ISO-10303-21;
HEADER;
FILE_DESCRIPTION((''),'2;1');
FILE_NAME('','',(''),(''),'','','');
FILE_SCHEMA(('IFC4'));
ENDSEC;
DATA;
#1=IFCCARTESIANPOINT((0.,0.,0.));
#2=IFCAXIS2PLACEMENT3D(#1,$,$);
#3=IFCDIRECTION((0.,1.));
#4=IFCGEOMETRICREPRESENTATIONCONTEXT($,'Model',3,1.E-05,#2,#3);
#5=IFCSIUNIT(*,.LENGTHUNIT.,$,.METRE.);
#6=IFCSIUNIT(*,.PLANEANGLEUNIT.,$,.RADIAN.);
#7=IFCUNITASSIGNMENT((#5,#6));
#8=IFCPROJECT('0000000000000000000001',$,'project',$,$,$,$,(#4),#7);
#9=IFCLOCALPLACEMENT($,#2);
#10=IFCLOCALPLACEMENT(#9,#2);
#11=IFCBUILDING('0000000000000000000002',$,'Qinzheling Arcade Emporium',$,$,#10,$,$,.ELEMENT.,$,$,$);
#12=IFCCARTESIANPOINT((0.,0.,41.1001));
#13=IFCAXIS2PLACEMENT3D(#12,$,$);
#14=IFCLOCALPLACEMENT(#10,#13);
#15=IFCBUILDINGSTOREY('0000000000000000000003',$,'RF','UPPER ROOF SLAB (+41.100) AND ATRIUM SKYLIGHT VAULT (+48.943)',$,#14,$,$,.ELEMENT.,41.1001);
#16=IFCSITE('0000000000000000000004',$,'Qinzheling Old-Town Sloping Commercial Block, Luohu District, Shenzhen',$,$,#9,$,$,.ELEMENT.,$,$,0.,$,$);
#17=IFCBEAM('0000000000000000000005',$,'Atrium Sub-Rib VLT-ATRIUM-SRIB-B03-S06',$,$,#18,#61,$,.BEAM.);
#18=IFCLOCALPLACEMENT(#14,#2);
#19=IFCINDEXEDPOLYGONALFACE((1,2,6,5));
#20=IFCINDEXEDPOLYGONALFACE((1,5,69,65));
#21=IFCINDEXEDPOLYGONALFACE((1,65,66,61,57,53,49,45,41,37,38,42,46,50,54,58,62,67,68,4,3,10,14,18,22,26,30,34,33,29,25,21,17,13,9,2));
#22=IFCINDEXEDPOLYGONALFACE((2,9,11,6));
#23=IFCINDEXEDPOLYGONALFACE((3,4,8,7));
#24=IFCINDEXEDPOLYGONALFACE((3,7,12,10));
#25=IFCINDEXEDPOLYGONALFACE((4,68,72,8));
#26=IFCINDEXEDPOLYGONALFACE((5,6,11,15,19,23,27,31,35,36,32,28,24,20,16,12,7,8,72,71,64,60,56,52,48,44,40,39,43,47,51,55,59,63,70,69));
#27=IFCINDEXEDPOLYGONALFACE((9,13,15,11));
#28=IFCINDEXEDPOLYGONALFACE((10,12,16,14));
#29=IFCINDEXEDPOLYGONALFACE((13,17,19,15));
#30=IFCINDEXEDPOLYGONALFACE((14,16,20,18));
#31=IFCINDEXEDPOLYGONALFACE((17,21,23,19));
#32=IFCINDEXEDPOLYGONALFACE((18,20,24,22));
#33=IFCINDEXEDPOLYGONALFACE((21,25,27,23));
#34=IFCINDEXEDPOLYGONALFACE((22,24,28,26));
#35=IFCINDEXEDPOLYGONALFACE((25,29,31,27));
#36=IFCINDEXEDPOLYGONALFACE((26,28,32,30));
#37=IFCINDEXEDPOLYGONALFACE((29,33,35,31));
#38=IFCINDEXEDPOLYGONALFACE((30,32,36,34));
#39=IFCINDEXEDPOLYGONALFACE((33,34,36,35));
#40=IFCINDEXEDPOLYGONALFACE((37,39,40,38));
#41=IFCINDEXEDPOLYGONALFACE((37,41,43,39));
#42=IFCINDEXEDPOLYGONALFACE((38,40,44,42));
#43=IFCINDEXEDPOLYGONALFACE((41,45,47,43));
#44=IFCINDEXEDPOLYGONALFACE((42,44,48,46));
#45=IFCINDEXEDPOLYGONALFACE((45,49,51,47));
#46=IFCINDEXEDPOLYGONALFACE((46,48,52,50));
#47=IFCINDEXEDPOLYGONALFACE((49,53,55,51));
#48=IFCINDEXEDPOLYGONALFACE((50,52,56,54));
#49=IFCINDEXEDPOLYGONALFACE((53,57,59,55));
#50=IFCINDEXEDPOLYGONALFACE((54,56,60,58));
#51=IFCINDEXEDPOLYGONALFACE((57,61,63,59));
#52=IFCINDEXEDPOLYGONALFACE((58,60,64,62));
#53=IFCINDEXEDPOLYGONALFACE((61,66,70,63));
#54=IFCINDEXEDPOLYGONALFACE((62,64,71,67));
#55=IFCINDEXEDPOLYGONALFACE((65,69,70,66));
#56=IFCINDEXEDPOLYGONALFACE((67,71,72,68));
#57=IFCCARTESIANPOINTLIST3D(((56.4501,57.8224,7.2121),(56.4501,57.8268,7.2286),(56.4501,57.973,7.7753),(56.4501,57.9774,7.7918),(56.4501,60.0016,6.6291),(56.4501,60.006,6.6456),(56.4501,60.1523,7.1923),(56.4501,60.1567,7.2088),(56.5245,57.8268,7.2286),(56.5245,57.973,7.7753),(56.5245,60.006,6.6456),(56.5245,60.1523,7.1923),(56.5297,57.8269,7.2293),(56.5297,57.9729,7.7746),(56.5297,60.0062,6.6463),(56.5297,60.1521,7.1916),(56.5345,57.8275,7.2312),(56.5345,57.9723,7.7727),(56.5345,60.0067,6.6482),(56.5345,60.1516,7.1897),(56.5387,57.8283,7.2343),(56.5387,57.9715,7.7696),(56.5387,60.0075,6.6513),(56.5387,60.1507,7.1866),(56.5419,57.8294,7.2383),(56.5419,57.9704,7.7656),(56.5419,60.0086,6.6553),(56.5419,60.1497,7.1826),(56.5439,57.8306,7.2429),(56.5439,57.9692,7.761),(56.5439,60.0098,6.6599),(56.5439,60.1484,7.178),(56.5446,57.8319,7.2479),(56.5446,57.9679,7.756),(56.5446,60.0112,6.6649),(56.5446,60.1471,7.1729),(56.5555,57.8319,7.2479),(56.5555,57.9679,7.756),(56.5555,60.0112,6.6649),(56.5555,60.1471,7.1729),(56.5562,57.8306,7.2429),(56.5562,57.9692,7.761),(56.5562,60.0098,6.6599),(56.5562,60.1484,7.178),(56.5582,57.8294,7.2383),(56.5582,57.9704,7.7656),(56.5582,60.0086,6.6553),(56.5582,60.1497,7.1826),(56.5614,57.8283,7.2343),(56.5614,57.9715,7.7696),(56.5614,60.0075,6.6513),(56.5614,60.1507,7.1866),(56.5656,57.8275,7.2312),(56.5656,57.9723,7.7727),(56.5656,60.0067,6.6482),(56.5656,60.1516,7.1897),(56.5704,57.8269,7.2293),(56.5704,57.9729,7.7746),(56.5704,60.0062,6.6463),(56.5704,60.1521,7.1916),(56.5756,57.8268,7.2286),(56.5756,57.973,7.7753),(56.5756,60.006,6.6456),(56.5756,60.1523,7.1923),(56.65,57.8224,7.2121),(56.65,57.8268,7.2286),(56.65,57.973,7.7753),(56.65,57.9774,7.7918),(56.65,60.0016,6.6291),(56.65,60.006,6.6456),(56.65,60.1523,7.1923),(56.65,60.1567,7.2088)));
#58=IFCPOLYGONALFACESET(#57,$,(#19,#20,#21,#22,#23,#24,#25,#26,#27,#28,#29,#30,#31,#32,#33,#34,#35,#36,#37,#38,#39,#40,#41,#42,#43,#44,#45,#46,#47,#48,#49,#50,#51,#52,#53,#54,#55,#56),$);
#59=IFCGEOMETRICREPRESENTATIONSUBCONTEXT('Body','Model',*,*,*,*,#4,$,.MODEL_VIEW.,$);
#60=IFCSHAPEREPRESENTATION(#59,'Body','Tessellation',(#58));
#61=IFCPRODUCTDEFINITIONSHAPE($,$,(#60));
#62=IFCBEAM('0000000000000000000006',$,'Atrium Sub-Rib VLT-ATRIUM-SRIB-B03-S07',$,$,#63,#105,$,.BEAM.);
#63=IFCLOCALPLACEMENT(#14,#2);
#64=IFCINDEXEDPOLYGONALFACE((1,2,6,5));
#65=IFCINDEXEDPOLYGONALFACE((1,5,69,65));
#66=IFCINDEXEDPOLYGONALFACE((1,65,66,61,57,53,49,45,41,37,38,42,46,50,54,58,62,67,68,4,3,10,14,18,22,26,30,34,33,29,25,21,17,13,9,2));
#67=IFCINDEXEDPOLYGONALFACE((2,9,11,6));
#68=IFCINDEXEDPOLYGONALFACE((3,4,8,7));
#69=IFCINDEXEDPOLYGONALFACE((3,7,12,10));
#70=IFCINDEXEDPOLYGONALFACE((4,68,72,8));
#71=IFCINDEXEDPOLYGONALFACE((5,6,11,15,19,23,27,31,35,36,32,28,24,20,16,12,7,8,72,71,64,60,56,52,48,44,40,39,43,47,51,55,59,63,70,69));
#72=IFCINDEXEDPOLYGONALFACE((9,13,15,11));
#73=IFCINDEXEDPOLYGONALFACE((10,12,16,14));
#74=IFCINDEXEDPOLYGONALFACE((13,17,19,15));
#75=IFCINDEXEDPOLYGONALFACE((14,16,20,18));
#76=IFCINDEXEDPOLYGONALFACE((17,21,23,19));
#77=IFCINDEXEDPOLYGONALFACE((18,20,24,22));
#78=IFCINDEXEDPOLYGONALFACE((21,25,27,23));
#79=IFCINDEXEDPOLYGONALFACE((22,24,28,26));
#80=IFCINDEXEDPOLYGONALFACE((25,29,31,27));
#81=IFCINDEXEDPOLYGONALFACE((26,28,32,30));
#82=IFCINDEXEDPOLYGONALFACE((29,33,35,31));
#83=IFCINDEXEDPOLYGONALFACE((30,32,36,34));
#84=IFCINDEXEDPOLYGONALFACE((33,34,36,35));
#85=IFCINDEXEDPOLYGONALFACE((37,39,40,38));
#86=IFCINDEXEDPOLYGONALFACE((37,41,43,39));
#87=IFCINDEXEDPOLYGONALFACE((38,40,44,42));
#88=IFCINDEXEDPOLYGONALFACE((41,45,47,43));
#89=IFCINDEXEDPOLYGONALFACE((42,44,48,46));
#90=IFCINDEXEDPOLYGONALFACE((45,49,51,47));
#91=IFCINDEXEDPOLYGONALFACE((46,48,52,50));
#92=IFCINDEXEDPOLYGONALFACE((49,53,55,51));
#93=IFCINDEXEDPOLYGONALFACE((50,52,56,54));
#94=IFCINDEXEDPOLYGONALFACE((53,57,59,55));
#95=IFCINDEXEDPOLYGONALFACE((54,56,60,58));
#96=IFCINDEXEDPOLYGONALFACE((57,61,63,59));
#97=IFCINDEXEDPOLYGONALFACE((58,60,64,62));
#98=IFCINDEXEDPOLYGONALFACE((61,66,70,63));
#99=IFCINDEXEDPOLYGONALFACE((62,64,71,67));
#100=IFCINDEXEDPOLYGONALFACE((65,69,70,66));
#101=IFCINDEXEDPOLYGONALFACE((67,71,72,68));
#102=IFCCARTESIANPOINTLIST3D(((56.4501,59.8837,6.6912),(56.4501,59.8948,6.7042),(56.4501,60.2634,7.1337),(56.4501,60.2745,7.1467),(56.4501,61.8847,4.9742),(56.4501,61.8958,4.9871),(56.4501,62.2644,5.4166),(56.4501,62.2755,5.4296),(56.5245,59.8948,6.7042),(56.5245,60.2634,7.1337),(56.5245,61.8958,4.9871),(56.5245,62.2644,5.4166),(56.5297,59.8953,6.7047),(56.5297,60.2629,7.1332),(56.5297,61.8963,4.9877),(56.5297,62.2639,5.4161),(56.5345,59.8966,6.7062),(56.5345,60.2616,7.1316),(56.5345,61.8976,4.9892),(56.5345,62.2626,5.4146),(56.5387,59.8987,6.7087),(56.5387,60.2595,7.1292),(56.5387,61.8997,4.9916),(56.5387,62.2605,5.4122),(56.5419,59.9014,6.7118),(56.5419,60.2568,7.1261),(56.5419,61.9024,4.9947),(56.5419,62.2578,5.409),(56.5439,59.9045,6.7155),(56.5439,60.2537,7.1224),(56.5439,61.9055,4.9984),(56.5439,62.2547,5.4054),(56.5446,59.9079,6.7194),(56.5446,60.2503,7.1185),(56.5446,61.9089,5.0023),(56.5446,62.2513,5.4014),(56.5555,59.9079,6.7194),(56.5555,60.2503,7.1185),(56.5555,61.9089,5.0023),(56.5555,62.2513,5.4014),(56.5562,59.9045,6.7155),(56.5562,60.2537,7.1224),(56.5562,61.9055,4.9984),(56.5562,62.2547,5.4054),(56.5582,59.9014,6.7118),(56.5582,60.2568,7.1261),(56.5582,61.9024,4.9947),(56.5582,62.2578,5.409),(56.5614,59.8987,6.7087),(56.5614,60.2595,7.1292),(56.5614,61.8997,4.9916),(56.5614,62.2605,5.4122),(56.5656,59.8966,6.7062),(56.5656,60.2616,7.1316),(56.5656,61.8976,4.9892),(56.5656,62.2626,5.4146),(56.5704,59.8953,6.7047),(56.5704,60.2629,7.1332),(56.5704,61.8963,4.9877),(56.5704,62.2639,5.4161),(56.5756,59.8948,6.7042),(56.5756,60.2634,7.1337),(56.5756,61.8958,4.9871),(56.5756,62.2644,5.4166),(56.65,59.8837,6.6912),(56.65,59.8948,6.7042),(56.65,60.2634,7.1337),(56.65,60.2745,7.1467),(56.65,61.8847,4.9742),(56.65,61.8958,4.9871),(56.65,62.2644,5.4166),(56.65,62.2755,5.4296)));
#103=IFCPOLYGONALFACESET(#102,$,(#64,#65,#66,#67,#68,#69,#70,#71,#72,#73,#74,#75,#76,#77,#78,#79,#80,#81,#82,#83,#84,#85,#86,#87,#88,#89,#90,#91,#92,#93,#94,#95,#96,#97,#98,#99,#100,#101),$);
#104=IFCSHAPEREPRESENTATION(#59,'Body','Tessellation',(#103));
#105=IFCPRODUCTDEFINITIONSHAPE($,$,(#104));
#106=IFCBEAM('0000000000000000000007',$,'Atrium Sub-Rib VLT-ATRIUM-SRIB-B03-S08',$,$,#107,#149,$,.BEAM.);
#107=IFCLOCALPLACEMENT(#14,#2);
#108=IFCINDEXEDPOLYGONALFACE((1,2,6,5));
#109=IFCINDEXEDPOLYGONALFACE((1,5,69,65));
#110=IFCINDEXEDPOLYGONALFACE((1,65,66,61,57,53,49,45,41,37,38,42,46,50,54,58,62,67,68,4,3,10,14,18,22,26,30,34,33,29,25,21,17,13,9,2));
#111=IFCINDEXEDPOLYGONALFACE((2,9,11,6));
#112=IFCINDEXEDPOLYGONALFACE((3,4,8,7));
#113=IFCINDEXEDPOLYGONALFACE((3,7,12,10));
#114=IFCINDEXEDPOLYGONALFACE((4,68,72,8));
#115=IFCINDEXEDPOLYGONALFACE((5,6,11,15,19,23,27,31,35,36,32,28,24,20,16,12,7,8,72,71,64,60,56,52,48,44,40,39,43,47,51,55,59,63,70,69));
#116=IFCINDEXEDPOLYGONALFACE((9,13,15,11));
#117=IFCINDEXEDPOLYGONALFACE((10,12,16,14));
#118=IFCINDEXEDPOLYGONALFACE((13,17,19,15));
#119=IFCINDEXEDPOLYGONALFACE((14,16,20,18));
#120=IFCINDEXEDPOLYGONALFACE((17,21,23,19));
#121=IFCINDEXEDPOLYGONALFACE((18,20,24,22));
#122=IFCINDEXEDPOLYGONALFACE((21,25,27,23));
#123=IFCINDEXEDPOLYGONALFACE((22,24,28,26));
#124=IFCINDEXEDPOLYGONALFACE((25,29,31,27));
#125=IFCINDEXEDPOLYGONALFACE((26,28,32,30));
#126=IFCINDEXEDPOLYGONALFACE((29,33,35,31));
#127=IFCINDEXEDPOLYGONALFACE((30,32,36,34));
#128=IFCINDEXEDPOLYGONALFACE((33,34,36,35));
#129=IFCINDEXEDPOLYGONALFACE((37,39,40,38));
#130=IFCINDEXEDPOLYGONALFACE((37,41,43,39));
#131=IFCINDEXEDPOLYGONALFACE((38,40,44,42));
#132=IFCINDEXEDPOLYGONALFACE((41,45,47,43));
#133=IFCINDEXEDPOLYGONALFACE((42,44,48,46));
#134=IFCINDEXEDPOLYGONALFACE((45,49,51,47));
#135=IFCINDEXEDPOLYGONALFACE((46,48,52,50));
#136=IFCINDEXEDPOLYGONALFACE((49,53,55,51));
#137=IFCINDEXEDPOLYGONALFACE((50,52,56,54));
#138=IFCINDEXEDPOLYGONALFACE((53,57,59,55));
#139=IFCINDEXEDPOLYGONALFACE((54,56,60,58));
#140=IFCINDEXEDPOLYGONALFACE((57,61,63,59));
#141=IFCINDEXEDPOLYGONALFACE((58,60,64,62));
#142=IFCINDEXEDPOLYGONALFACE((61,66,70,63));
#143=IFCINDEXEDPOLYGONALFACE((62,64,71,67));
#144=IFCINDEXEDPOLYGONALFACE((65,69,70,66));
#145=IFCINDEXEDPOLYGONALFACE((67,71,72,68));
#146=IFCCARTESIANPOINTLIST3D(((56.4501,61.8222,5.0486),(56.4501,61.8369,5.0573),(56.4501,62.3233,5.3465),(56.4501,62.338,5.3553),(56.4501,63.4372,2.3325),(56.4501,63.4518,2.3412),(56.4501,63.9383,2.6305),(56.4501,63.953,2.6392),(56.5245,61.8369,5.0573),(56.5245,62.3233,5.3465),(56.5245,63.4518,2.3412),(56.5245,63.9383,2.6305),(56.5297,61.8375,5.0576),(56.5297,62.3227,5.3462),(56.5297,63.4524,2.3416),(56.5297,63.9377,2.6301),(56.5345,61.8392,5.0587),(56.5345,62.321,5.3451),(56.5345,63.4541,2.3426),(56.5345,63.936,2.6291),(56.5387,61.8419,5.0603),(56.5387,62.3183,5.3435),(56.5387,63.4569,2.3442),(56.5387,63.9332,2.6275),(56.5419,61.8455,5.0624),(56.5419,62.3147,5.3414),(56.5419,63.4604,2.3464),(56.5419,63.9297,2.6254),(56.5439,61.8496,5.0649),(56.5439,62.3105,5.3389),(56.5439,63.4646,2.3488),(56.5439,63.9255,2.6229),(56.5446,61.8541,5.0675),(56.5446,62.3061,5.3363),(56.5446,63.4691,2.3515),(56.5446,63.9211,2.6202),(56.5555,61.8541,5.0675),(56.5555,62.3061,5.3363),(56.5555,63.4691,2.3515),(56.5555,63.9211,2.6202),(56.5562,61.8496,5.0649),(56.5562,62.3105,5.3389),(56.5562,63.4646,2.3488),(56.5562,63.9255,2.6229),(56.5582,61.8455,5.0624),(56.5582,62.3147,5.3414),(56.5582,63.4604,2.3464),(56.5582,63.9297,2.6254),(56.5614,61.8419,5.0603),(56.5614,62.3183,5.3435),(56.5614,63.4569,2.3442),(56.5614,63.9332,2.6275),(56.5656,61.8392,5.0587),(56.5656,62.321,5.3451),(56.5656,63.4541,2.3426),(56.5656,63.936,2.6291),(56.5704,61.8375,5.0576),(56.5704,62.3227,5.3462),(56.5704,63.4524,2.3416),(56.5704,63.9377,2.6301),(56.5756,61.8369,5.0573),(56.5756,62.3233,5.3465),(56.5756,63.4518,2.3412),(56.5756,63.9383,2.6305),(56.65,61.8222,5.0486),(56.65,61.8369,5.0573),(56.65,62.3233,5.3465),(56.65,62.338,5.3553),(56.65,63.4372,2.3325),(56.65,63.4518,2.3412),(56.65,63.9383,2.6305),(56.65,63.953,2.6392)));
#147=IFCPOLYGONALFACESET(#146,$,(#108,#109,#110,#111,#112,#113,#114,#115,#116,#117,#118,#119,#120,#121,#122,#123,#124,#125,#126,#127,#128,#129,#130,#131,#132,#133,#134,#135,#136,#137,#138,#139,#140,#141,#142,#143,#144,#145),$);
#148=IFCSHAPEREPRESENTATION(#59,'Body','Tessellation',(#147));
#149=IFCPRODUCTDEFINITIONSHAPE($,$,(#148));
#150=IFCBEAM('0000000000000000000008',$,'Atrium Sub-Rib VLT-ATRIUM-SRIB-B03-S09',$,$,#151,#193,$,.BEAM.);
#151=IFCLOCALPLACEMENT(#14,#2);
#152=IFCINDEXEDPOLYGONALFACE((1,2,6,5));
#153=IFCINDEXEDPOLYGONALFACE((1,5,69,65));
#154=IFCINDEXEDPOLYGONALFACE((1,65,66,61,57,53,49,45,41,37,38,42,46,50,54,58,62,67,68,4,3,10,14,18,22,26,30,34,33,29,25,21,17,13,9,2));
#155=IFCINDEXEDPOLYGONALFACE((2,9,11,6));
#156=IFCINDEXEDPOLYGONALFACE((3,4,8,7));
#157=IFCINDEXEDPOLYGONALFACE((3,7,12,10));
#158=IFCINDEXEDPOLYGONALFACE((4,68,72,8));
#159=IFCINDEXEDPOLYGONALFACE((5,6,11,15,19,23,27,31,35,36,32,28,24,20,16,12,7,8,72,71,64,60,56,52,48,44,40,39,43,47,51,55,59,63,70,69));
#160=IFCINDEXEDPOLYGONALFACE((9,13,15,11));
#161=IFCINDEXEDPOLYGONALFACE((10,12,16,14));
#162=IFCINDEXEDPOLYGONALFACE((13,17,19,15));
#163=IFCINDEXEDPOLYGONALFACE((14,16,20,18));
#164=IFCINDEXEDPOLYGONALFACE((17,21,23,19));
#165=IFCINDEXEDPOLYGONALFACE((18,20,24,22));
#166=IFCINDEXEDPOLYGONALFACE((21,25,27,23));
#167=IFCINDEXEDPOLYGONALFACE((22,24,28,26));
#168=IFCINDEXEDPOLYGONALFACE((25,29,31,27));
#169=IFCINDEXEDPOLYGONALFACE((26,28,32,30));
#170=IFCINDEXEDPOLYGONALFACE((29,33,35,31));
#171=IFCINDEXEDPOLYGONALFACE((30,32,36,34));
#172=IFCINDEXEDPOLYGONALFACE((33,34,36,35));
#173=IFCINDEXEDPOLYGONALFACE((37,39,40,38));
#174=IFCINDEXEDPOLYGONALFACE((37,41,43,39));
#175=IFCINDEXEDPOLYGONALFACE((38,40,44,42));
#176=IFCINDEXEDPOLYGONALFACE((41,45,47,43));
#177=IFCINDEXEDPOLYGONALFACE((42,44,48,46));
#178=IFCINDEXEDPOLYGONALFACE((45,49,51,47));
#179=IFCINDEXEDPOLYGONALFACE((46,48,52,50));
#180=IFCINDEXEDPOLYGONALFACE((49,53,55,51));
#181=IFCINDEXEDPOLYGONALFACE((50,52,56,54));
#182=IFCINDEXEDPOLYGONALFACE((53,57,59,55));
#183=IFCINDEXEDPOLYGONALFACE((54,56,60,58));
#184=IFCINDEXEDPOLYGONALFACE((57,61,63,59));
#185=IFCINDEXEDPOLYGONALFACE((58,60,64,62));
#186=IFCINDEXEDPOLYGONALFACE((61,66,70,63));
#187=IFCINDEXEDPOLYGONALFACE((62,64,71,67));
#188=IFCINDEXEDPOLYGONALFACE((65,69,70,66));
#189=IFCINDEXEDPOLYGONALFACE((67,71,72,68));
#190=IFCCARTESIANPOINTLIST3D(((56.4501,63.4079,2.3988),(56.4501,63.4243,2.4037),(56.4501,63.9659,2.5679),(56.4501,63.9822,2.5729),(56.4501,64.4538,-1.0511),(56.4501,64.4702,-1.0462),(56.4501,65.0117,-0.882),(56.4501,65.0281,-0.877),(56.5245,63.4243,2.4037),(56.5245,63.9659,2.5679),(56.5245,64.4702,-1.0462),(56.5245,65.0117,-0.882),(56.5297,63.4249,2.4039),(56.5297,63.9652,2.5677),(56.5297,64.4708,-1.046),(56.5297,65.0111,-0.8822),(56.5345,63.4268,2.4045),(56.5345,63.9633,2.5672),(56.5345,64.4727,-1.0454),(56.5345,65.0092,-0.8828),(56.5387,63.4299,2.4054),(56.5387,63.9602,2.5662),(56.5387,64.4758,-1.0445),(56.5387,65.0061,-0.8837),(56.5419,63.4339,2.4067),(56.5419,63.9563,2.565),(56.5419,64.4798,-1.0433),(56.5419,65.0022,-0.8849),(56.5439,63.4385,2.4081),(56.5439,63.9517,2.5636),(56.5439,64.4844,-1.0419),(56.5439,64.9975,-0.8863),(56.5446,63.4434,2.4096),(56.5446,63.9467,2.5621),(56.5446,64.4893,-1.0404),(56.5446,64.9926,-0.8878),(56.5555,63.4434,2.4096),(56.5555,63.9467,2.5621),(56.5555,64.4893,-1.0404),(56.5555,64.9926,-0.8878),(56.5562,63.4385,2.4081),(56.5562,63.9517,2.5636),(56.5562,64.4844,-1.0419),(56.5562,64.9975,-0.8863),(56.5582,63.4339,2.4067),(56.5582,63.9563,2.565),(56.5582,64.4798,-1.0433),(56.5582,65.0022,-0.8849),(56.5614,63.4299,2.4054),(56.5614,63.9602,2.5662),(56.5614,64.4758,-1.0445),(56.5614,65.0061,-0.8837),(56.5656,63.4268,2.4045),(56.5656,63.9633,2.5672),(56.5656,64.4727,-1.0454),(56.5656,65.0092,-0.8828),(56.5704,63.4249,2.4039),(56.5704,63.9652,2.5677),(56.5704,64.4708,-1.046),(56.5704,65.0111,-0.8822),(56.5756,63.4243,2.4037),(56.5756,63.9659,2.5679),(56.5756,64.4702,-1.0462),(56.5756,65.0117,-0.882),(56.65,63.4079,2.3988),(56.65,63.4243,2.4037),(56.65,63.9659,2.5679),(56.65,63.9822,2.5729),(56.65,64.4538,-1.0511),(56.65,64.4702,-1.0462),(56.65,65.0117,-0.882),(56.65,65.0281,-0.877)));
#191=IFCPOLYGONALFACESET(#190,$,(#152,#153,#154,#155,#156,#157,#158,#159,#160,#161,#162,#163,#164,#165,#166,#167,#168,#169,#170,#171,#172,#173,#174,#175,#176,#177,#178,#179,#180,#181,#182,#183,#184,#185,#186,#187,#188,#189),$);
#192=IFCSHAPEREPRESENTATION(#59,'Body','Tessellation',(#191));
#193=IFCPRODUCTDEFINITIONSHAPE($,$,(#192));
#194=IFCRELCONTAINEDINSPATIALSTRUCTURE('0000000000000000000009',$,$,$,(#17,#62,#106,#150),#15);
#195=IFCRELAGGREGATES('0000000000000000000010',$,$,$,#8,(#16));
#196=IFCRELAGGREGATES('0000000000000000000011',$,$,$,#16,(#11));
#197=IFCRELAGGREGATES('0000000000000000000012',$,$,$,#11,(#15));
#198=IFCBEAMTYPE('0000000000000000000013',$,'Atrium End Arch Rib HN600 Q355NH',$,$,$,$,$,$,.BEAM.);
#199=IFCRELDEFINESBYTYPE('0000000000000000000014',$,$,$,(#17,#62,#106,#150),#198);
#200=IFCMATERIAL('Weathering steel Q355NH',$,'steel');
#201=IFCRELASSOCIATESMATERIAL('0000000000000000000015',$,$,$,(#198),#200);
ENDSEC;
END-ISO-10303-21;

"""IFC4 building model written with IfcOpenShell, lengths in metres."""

from ifc_helpers import new_model, si_unit, direction, frame, origin, origin_2d, place, context, subcontext, project, spatial, i_section, extrude, material, material_profile, profile_set, type_object, element, save


model = new_model("IFC4")

# Units and contexts
model_context = context("Model", 3, precision=1e-05, world=origin(), true_north=direction((0.0, 1.0)))
body_context = subcontext(model_context, "Body", "Model", "MODEL_VIEW")
ifc_project = project(units=[si_unit("LENGTHUNIT", "METRE"), si_unit("PLANEANGLEUNIT", "RADIAN")], contexts=[model_context])

# Site, building, storey
site_placement = place(None, origin())
site = spatial("IfcSite", under=ifc_project, at=site_placement, Name="Qinzheling Old-Town Sloping Commercial Block, Luohu District, Shenzhen", CompositionType="ELEMENT", RefElevation=0.0)
building_placement = place(site_placement, origin())
building = spatial("IfcBuilding", under=site, at=building_placement, Name="Qinzheling Arcade Emporium", CompositionType="ELEMENT")
storey_placement = place(building_placement, frame((0.0, 0.0, 41.1001)))
storey = spatial("IfcBuildingStorey", under=building, at=storey_placement, Name="RF", Description="UPPER ROOF SLAB (+41.100) AND ATRIUM SKYLIGHT VAULT (+48.943)", CompositionType="ELEMENT", Elevation=41.1001)

# Beams
ifc_material_1 = material(Name="Weathering steel Q355NH", Category="steel")
ifc_material_profile_1 = material_profile(ifc_material_1, i_section(OverallWidth=0.2, OverallDepth=0.6001, WebThickness=0.011, FlangeThickness=0.0171, FilletRadius=0.02, at=origin_2d()), Name="HN 600x200x11x17", Category="steel")
ifc_profile_set_1 = profile_set([ifc_material_profile_1], Name="Weathering steel Q355NH")
beam_type_1 = type_object("IfcBeamType", Name="Atrium End Arch Rib HN600 Q355NH", PredefinedType="BEAM", material=ifc_profile_set_1)
beam_1_placement = place(storey_placement, frame((56.55, 57.8999, 7.502), z_axis=(0.0, 0.966026, -0.258444), x_axis=(-1.0, 0.0, 0.0)))
element("IfcBeam", 1, at=beam_1_placement, inside=storey, type_object=beam_type_1, Name="Atrium Sub-Rib VLT-ATRIUM-SRIB-B03-S06", PredefinedType="BEAM", context=body_context, shape_type="SweptSolid", body=[
    extrude(i_section(OverallWidth=0.2, OverallDepth=0.6001, WebThickness=0.011, FlangeThickness=0.0171, FilletRadius=0.02, at=origin_2d()), origin(), (0.0, 0.0, 1.0), 2.2559),
])
beam_2_placement = place(storey_placement, frame((56.55, 60.0791, 6.9189), z_axis=(0.0, 0.758897, -0.651211), x_axis=(-1.0, 0.0, 0.0)))
element("IfcBeam", 2, at=beam_2_placement, inside=storey, type_object=beam_type_1, Name="Atrium Sub-Rib VLT-ATRIUM-SRIB-B03-S07", PredefinedType="BEAM", context=body_context, shape_type="SweptSolid", body=[
    extrude(i_section(OverallWidth=0.2, OverallDepth=0.6001, WebThickness=0.011, FlangeThickness=0.0171, FilletRadius=0.02, at=origin_2d()), origin(), (0.0, 0.0, 1.0), 2.6367),
])
beam_3_placement = place(storey_placement, frame((56.55, 62.0801, 5.2019), z_axis=(0.0, 0.511083, -0.859531), x_axis=(-1.0, 0.0, 0.0)))
element("IfcBeam", 3, at=beam_3_placement, inside=storey, type_object=beam_type_1, Name="Atrium Sub-Rib VLT-ATRIUM-SRIB-B03-S08", PredefinedType="BEAM", context=body_context, shape_type="SweptSolid", body=[
    extrude(i_section(OverallWidth=0.2, OverallDepth=0.6001, WebThickness=0.011, FlangeThickness=0.0171, FilletRadius=0.02, at=origin_2d()), origin(), (0.0, 0.0, 1.0), 3.1599),
])
beam_4_placement = place(storey_placement, frame((56.55, 63.6951, 2.4858), z_axis=(0.0, 0.290124, -0.956989), x_axis=(-1.0, 0.0, 0.0)))
element("IfcBeam", 4, at=beam_4_placement, inside=storey, type_object=beam_type_1, Name="Atrium Sub-Rib VLT-ATRIUM-SRIB-B03-S09", PredefinedType="BEAM", context=body_context, shape_type="SweptSolid", body=[
    extrude(i_section(OverallWidth=0.2, OverallDepth=0.6001, WebThickness=0.011, FlangeThickness=0.0171, FilletRadius=0.02, at=origin_2d()), origin(), (0.0, 0.0, 1.0), 3.605),
])

save(model, "model.ifc")
